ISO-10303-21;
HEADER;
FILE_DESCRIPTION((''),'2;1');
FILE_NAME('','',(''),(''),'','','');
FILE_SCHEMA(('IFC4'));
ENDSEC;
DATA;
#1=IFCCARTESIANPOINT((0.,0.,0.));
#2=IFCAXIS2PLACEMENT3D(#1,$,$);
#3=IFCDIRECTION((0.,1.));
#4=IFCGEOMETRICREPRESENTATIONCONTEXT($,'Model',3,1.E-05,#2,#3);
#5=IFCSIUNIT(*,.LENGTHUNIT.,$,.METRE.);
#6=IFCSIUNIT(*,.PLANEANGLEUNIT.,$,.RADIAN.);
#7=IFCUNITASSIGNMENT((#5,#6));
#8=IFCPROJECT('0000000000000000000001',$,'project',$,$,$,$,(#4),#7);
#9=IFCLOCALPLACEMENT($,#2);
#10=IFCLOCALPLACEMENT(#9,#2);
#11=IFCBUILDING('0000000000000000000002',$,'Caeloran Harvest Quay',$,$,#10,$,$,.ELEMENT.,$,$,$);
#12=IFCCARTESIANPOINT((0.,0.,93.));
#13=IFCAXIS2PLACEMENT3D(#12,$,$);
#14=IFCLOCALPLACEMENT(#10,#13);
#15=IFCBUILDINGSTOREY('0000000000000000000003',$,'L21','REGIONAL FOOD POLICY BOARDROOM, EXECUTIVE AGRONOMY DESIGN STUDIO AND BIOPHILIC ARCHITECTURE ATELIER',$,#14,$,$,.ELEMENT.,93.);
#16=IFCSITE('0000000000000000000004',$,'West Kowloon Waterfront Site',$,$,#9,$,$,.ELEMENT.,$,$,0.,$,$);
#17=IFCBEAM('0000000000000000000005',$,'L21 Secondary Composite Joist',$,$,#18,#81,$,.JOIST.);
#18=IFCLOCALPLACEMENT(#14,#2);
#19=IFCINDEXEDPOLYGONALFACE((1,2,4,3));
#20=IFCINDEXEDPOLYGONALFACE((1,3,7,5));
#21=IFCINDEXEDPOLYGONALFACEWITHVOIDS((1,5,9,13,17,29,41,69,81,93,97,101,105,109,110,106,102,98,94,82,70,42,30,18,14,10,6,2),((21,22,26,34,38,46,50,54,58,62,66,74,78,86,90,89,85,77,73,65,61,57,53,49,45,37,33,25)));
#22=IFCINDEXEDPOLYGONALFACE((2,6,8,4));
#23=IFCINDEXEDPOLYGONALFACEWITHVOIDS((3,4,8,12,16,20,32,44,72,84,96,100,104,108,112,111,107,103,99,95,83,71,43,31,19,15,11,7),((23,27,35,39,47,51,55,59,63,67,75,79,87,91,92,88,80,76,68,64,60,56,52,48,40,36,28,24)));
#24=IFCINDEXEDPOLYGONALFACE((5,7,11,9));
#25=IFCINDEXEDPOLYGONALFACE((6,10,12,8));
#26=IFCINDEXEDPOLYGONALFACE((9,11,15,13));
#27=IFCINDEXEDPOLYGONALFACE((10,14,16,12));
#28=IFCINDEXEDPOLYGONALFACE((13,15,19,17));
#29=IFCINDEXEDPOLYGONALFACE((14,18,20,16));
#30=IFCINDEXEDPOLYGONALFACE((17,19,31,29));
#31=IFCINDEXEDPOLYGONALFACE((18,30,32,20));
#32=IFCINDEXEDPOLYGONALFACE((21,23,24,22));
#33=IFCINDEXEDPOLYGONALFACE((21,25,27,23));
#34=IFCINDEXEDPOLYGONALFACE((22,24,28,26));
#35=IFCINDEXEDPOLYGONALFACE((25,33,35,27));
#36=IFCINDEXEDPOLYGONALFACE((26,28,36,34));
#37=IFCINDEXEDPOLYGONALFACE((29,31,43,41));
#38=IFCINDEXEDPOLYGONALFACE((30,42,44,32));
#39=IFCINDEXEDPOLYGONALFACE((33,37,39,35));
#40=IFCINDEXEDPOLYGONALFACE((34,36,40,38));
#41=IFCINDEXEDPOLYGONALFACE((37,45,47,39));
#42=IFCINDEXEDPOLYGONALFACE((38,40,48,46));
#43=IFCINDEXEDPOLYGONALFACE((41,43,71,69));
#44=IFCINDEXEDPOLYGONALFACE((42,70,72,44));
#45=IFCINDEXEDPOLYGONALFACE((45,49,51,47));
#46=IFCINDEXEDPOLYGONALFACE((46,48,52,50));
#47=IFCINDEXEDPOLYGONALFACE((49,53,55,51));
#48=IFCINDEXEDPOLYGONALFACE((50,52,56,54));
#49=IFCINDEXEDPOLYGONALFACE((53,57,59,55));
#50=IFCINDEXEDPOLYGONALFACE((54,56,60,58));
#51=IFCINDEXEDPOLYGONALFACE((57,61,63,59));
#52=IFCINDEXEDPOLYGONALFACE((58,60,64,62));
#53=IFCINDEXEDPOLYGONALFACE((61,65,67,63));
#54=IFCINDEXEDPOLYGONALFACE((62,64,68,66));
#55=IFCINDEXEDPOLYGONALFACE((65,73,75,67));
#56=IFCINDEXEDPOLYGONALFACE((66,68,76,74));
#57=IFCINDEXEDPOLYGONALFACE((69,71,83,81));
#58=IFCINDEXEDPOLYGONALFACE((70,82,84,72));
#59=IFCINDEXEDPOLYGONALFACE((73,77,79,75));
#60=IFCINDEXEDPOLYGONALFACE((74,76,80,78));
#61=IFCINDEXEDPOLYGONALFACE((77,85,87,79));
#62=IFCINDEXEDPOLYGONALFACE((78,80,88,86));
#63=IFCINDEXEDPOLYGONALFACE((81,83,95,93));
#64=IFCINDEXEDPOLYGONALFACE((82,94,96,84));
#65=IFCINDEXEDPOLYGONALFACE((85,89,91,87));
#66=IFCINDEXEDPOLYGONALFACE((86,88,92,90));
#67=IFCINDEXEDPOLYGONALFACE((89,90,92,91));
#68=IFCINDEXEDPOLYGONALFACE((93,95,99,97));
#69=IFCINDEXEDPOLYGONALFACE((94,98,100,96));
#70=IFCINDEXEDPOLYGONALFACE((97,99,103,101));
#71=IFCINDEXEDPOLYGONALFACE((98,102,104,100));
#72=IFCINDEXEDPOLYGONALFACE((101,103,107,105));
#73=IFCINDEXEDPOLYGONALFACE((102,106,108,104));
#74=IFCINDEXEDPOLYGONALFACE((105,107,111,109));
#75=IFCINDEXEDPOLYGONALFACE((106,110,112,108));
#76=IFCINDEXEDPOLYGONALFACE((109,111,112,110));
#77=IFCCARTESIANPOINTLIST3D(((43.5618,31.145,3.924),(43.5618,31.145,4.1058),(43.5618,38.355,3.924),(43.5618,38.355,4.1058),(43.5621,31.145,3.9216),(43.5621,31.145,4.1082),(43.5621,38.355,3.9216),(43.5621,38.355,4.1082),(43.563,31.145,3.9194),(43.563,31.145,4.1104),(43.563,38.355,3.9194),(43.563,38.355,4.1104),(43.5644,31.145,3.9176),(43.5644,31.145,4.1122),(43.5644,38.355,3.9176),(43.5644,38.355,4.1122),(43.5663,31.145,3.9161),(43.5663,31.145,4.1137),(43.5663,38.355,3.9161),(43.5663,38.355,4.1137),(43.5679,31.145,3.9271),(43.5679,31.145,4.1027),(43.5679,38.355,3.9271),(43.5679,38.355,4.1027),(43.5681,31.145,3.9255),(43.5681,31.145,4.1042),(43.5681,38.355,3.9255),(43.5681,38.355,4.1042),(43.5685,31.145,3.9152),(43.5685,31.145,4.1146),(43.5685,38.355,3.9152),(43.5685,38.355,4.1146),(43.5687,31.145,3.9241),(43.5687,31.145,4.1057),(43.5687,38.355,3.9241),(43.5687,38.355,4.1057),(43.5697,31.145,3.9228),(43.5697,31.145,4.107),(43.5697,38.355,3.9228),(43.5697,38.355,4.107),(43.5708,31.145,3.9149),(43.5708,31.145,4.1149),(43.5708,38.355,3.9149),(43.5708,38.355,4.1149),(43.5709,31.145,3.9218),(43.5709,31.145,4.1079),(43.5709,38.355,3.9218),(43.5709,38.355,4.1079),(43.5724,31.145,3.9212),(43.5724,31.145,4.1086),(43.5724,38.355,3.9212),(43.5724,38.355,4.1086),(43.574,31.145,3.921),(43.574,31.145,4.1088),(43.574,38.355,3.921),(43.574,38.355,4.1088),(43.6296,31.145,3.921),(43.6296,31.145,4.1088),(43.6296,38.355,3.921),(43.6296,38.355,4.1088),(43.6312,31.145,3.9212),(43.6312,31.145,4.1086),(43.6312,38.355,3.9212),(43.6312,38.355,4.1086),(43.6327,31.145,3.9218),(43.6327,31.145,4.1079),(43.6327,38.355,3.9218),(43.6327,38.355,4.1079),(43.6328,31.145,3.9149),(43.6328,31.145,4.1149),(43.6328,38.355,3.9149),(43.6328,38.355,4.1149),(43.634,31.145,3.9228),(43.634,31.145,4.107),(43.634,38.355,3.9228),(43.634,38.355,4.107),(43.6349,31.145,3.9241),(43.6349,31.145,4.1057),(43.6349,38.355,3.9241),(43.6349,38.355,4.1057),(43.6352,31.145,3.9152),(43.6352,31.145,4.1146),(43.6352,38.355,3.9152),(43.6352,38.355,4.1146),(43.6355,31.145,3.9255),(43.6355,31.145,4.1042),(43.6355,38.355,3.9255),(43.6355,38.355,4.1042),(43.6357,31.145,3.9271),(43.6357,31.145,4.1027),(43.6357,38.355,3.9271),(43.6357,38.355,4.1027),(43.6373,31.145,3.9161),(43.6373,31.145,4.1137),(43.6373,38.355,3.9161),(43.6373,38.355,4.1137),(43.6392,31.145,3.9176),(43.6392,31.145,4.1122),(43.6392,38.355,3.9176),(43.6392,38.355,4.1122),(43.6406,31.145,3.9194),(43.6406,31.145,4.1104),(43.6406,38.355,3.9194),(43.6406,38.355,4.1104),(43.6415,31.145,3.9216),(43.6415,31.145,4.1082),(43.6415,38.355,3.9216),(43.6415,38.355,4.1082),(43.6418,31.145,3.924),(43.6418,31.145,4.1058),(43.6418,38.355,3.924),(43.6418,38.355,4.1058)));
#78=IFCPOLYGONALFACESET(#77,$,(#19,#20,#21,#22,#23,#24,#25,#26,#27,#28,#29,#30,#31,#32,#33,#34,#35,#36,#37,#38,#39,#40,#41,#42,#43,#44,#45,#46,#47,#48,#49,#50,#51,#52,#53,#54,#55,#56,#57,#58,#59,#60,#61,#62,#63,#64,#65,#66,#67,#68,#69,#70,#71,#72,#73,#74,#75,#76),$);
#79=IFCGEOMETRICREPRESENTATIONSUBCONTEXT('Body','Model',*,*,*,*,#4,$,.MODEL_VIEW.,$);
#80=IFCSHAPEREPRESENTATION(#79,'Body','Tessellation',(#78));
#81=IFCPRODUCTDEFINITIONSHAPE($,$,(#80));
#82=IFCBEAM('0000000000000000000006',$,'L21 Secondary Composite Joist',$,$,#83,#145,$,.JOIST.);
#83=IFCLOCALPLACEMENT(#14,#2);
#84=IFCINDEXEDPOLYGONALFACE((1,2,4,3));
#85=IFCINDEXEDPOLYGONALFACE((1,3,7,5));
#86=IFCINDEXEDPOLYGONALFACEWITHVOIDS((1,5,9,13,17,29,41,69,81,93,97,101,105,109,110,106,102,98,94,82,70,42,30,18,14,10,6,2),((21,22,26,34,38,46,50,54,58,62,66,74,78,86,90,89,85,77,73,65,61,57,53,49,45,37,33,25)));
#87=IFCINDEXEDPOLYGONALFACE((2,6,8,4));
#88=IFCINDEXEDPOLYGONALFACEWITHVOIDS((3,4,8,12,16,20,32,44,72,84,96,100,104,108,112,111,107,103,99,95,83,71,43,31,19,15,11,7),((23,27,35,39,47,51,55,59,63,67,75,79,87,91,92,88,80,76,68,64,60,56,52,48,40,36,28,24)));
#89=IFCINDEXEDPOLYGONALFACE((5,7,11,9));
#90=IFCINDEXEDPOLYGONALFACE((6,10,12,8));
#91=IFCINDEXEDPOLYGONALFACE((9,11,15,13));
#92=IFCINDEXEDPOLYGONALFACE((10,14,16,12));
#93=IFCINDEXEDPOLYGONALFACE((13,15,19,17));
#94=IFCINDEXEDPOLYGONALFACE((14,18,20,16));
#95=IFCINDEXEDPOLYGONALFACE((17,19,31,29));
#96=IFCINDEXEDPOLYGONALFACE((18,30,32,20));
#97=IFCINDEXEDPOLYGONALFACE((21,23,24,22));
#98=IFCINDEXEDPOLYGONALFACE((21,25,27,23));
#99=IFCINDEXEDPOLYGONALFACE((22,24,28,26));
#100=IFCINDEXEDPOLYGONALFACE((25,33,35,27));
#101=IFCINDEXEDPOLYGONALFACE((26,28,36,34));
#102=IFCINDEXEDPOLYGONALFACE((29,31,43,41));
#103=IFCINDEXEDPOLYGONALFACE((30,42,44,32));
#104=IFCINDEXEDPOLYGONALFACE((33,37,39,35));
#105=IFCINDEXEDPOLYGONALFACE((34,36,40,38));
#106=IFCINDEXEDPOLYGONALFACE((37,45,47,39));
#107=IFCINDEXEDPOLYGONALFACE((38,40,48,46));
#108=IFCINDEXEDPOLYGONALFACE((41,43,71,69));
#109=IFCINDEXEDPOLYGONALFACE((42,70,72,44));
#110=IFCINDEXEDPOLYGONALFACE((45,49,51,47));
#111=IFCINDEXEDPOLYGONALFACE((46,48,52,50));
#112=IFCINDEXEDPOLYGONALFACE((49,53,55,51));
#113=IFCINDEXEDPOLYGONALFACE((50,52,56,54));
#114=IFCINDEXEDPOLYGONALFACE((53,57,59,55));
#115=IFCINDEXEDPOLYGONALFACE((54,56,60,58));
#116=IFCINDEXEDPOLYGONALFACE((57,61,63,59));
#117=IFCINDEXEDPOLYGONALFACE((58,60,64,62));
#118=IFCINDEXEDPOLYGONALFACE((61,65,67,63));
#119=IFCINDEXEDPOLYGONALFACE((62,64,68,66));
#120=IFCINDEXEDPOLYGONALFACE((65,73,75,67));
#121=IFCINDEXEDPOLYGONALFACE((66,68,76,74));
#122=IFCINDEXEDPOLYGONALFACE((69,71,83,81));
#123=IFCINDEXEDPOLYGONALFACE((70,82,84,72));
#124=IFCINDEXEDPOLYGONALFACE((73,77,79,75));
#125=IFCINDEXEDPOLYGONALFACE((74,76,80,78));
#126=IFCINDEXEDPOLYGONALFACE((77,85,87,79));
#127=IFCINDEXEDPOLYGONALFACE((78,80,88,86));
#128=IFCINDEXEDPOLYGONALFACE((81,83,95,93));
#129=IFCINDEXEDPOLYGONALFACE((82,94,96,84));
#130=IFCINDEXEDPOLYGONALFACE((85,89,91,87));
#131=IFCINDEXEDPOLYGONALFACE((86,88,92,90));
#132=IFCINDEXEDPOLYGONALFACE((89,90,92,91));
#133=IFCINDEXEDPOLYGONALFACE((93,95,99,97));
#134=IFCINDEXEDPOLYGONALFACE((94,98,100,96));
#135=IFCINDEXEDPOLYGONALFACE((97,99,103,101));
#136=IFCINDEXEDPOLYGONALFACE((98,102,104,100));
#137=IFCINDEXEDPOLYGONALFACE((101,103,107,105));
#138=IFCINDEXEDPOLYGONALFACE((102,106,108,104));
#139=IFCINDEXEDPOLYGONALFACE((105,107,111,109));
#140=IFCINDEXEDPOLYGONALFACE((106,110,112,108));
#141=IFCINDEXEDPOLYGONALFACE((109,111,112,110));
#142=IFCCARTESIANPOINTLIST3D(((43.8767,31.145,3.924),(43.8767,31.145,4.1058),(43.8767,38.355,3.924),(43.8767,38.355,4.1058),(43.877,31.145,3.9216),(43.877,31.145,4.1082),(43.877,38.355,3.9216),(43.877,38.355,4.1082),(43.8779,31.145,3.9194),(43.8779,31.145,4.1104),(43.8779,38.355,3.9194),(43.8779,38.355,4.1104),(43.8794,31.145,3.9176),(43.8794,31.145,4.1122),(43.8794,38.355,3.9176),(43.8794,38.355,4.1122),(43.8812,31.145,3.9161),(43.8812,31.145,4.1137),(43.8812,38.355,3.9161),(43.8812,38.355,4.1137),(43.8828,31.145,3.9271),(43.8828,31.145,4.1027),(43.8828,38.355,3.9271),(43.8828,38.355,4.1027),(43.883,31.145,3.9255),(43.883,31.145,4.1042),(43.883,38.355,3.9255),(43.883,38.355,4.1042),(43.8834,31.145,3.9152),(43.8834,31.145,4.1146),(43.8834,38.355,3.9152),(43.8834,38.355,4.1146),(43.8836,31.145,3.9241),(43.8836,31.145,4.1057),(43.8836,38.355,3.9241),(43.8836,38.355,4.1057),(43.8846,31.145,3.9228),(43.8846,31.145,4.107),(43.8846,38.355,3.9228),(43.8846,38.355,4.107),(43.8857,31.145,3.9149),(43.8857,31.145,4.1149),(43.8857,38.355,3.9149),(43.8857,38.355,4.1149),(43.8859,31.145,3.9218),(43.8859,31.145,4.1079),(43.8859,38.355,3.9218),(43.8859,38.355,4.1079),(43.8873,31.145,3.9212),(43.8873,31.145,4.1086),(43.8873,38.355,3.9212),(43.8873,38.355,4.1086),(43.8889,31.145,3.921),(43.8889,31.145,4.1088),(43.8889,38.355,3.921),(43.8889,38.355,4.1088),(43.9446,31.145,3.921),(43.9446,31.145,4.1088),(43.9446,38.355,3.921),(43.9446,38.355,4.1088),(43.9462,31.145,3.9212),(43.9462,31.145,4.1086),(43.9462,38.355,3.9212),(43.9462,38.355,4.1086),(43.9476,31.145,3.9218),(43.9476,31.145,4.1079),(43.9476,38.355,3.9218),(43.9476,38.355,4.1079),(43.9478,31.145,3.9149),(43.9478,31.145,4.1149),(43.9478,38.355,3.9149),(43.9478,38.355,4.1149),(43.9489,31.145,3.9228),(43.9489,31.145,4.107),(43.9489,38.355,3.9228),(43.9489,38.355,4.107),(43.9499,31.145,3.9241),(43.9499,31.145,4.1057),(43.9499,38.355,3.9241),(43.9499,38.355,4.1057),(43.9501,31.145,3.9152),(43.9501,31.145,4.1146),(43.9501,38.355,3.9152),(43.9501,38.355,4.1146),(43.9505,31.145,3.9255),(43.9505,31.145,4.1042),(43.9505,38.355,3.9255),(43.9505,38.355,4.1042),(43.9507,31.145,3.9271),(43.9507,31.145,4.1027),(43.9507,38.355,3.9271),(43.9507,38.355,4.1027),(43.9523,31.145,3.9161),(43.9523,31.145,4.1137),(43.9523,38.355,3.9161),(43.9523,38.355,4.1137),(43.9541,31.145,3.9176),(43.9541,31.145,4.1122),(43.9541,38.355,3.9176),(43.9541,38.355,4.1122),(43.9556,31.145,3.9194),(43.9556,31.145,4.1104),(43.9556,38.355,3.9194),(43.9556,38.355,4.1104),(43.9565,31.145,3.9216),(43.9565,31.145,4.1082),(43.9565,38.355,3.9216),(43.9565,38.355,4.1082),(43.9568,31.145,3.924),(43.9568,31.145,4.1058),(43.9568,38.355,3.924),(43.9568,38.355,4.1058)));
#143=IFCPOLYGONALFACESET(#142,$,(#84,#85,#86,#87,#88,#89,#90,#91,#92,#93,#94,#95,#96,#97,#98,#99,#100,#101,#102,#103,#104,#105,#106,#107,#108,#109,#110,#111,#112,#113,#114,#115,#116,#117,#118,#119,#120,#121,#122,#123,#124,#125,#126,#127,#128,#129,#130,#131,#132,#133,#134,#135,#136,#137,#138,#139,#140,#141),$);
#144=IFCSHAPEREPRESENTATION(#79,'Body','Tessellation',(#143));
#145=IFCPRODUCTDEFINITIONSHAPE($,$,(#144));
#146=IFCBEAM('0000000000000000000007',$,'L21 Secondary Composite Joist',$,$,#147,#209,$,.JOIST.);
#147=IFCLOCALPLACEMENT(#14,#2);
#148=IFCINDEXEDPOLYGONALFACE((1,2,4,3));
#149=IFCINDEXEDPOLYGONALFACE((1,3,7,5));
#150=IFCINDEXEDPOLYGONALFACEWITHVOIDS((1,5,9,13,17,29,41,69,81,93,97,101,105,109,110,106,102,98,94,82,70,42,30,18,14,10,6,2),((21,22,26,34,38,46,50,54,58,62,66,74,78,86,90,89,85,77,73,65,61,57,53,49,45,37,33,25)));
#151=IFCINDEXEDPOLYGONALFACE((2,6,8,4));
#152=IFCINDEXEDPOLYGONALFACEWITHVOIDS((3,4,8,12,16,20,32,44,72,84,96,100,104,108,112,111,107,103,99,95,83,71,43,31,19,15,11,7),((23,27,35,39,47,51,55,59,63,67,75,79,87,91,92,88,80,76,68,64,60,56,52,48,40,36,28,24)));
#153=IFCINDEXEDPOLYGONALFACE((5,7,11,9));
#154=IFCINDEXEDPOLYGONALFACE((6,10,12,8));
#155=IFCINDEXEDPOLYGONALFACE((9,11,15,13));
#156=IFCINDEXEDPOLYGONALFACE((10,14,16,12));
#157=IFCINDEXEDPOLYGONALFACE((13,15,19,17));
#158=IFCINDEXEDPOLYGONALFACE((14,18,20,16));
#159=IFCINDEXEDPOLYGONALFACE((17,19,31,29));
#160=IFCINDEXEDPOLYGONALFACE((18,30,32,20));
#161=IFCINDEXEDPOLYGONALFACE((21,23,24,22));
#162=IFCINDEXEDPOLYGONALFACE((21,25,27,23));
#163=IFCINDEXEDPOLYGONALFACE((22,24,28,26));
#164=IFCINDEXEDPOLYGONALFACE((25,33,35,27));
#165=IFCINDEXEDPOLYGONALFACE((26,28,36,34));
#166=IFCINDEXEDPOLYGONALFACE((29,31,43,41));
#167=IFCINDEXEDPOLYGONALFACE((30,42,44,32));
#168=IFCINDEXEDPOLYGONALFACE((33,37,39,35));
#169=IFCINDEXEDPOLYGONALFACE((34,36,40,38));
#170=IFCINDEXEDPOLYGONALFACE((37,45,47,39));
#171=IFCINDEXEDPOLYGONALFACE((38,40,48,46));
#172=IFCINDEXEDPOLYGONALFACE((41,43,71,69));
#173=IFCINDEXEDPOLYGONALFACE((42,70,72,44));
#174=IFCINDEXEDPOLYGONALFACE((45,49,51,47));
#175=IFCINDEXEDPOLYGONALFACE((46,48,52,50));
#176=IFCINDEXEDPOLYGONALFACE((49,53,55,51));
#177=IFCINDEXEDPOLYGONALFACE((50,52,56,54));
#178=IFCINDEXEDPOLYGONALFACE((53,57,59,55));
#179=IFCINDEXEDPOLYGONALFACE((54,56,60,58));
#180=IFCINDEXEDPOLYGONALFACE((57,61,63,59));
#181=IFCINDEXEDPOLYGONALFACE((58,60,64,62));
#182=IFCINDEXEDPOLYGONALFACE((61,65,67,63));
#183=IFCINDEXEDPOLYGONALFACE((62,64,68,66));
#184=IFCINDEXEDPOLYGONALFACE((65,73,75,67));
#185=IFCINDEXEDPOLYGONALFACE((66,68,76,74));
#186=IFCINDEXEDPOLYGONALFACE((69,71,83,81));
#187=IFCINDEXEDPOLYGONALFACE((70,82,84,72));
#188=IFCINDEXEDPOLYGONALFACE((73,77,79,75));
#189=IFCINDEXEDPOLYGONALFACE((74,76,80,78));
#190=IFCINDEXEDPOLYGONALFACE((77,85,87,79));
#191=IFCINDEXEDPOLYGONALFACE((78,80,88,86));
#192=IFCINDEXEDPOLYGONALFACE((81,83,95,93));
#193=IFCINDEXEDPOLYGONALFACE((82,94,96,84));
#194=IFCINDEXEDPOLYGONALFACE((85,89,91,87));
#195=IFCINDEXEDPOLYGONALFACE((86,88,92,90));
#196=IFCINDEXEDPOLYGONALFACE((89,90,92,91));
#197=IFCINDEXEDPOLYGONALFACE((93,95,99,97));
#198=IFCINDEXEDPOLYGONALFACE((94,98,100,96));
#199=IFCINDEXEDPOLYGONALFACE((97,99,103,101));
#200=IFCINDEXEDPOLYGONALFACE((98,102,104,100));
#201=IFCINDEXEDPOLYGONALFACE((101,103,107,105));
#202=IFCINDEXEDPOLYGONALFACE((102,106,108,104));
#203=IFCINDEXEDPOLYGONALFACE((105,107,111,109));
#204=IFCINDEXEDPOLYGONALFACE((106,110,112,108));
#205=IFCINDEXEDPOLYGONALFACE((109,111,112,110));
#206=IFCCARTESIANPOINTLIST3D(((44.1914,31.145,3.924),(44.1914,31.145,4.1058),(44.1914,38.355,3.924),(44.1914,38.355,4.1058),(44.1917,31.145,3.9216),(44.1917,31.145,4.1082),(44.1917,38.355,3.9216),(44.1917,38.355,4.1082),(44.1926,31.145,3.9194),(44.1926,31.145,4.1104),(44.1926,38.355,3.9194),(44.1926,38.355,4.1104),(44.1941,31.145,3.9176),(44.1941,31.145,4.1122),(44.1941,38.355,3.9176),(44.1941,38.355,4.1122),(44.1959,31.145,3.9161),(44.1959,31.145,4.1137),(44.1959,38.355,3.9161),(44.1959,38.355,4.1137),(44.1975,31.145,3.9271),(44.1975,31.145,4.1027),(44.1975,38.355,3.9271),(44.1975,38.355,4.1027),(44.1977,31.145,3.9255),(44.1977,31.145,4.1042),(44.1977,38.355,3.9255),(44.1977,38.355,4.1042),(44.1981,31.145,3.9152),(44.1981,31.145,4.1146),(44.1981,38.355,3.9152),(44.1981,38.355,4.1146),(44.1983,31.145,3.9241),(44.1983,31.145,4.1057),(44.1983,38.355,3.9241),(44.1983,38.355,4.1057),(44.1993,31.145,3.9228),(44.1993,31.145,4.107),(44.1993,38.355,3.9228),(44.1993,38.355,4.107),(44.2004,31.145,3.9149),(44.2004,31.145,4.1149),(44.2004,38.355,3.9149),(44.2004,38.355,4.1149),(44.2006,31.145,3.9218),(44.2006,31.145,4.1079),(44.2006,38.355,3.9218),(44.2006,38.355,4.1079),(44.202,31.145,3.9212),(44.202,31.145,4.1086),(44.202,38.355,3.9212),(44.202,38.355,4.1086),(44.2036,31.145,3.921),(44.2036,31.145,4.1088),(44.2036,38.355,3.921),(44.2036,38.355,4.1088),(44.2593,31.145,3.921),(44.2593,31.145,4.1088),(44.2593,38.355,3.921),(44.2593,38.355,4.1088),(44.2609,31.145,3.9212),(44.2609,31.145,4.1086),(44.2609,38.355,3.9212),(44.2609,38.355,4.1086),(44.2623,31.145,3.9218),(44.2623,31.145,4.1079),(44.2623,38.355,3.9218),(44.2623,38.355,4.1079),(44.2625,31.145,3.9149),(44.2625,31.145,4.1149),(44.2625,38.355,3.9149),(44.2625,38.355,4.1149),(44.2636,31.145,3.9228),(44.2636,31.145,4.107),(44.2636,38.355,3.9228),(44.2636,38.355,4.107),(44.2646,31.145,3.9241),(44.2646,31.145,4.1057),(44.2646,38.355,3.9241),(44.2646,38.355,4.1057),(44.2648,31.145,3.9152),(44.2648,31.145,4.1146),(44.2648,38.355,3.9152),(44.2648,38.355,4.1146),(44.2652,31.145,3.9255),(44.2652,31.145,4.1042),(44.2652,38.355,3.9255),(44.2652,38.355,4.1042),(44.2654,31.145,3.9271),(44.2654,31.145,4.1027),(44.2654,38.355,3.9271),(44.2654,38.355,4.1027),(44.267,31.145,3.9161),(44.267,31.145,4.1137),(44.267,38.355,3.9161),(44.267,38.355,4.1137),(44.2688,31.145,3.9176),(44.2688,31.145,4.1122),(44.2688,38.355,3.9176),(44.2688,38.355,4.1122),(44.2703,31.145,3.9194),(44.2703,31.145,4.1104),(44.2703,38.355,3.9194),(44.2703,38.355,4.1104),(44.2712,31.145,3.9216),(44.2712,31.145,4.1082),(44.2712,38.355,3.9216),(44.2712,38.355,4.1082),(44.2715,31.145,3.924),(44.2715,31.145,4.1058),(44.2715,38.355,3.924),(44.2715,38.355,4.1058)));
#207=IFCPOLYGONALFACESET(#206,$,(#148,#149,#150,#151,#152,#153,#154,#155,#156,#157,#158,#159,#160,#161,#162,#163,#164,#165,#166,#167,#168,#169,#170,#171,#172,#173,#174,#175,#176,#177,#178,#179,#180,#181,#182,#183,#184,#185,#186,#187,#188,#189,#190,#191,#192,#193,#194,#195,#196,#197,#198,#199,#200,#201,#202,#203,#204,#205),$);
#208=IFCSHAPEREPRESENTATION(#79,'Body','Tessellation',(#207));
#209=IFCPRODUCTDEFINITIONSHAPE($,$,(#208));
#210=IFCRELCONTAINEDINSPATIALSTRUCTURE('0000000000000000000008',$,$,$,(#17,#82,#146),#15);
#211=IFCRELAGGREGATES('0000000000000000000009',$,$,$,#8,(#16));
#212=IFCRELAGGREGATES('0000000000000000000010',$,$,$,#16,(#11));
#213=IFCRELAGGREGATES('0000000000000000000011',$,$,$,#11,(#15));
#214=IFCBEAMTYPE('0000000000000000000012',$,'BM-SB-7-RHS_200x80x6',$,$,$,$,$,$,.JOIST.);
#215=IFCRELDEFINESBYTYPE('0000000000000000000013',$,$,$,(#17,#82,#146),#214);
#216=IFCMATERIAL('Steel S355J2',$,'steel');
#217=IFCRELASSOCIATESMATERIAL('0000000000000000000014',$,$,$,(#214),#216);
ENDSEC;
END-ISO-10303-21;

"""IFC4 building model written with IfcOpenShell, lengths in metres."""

from ifc_helpers import new_model, si_unit, direction, frame, origin, origin_2d, place, context, subcontext, project, spatial, hollow_rectangle, extrude, material, material_profile, profile_set, type_object, element, save


model = new_model("IFC4")

# Units and contexts
model_context = context("Model", 3, precision=1e-05, world=origin(), true_north=direction((0.0, 1.0)))
body_context = subcontext(model_context, "Body", "Model", "MODEL_VIEW")
ifc_project = project(units=[si_unit("LENGTHUNIT", "METRE"), si_unit("PLANEANGLEUNIT", "RADIAN")], contexts=[model_context])

# Site, building, storey
site_placement = place(None, origin())
site = spatial("IfcSite", under=ifc_project, at=site_placement, Name="West Kowloon Waterfront Site", CompositionType="ELEMENT", RefElevation=0.0)
building_placement = place(site_placement, origin())
building = spatial("IfcBuilding", under=site, at=building_placement, Name="Caeloran Harvest Quay", CompositionType="ELEMENT")
storey_placement = place(building_placement, frame((0.0, 0.0, 93.0)))
storey = spatial("IfcBuildingStorey", under=building, at=storey_placement, Name="L21", Description="REGIONAL FOOD POLICY BOARDROOM, EXECUTIVE AGRONOMY DESIGN STUDIO AND BIOPHILIC ARCHITECTURE ATELIER", CompositionType="ELEMENT", Elevation=93.0)

# Beams
ifc_material_1 = material(Name="Steel S355J2", Category="steel")
ifc_material_profile_1 = material_profile(ifc_material_1, hollow_rectangle(XDim=0.0801, YDim=0.2, WallThickness=0.0061, InnerFilletRadius=0.0061, OuterFilletRadius=0.009, at=origin_2d()), Name="RHS 200x80x6")
ifc_profile_set_1 = profile_set([ifc_material_profile_1], Name="Steel S355J2")
beam_type_1 = type_object("IfcBeamType", Name="BM-SB-7-RHS_200x80x6", PredefinedType="JOIST", material=ifc_profile_set_1)
for number, where, z_axis, x_axis, name in (
    (1, (43.6018, 31.145, 4.0149), (0.0, 1.0, 0.0), (-1.0, 0.0, 0.0), "L21 Secondary Composite Joist"),
    (2, (43.9167, 31.145, 4.0149), (0.0, 1.0, 0.0), (-1.0, 0.0, 0.0), "L21 Secondary Composite Joist"),
    (3, (44.2314, 31.145, 4.0149), (0.0, 1.0, 0.0), (-1.0, 0.0, 0.0), "L21 Secondary Composite Joist"),
):
    element("IfcBeam", number, at=place(storey_placement, frame(where, z_axis=z_axis, x_axis=x_axis)), inside=storey, type_object=beam_type_1, Name=name, PredefinedType="JOIST", context=body_context, shape_type="SweptSolid", body=[
        extrude(hollow_rectangle(XDim=0.0801, YDim=0.2, WallThickness=0.0061, InnerFilletRadius=0.0061, OuterFilletRadius=0.009, at=origin_2d()), origin(), (0.0, 0.0, 1.0), 7.21),
    ])

save(model, "model.ifc")
